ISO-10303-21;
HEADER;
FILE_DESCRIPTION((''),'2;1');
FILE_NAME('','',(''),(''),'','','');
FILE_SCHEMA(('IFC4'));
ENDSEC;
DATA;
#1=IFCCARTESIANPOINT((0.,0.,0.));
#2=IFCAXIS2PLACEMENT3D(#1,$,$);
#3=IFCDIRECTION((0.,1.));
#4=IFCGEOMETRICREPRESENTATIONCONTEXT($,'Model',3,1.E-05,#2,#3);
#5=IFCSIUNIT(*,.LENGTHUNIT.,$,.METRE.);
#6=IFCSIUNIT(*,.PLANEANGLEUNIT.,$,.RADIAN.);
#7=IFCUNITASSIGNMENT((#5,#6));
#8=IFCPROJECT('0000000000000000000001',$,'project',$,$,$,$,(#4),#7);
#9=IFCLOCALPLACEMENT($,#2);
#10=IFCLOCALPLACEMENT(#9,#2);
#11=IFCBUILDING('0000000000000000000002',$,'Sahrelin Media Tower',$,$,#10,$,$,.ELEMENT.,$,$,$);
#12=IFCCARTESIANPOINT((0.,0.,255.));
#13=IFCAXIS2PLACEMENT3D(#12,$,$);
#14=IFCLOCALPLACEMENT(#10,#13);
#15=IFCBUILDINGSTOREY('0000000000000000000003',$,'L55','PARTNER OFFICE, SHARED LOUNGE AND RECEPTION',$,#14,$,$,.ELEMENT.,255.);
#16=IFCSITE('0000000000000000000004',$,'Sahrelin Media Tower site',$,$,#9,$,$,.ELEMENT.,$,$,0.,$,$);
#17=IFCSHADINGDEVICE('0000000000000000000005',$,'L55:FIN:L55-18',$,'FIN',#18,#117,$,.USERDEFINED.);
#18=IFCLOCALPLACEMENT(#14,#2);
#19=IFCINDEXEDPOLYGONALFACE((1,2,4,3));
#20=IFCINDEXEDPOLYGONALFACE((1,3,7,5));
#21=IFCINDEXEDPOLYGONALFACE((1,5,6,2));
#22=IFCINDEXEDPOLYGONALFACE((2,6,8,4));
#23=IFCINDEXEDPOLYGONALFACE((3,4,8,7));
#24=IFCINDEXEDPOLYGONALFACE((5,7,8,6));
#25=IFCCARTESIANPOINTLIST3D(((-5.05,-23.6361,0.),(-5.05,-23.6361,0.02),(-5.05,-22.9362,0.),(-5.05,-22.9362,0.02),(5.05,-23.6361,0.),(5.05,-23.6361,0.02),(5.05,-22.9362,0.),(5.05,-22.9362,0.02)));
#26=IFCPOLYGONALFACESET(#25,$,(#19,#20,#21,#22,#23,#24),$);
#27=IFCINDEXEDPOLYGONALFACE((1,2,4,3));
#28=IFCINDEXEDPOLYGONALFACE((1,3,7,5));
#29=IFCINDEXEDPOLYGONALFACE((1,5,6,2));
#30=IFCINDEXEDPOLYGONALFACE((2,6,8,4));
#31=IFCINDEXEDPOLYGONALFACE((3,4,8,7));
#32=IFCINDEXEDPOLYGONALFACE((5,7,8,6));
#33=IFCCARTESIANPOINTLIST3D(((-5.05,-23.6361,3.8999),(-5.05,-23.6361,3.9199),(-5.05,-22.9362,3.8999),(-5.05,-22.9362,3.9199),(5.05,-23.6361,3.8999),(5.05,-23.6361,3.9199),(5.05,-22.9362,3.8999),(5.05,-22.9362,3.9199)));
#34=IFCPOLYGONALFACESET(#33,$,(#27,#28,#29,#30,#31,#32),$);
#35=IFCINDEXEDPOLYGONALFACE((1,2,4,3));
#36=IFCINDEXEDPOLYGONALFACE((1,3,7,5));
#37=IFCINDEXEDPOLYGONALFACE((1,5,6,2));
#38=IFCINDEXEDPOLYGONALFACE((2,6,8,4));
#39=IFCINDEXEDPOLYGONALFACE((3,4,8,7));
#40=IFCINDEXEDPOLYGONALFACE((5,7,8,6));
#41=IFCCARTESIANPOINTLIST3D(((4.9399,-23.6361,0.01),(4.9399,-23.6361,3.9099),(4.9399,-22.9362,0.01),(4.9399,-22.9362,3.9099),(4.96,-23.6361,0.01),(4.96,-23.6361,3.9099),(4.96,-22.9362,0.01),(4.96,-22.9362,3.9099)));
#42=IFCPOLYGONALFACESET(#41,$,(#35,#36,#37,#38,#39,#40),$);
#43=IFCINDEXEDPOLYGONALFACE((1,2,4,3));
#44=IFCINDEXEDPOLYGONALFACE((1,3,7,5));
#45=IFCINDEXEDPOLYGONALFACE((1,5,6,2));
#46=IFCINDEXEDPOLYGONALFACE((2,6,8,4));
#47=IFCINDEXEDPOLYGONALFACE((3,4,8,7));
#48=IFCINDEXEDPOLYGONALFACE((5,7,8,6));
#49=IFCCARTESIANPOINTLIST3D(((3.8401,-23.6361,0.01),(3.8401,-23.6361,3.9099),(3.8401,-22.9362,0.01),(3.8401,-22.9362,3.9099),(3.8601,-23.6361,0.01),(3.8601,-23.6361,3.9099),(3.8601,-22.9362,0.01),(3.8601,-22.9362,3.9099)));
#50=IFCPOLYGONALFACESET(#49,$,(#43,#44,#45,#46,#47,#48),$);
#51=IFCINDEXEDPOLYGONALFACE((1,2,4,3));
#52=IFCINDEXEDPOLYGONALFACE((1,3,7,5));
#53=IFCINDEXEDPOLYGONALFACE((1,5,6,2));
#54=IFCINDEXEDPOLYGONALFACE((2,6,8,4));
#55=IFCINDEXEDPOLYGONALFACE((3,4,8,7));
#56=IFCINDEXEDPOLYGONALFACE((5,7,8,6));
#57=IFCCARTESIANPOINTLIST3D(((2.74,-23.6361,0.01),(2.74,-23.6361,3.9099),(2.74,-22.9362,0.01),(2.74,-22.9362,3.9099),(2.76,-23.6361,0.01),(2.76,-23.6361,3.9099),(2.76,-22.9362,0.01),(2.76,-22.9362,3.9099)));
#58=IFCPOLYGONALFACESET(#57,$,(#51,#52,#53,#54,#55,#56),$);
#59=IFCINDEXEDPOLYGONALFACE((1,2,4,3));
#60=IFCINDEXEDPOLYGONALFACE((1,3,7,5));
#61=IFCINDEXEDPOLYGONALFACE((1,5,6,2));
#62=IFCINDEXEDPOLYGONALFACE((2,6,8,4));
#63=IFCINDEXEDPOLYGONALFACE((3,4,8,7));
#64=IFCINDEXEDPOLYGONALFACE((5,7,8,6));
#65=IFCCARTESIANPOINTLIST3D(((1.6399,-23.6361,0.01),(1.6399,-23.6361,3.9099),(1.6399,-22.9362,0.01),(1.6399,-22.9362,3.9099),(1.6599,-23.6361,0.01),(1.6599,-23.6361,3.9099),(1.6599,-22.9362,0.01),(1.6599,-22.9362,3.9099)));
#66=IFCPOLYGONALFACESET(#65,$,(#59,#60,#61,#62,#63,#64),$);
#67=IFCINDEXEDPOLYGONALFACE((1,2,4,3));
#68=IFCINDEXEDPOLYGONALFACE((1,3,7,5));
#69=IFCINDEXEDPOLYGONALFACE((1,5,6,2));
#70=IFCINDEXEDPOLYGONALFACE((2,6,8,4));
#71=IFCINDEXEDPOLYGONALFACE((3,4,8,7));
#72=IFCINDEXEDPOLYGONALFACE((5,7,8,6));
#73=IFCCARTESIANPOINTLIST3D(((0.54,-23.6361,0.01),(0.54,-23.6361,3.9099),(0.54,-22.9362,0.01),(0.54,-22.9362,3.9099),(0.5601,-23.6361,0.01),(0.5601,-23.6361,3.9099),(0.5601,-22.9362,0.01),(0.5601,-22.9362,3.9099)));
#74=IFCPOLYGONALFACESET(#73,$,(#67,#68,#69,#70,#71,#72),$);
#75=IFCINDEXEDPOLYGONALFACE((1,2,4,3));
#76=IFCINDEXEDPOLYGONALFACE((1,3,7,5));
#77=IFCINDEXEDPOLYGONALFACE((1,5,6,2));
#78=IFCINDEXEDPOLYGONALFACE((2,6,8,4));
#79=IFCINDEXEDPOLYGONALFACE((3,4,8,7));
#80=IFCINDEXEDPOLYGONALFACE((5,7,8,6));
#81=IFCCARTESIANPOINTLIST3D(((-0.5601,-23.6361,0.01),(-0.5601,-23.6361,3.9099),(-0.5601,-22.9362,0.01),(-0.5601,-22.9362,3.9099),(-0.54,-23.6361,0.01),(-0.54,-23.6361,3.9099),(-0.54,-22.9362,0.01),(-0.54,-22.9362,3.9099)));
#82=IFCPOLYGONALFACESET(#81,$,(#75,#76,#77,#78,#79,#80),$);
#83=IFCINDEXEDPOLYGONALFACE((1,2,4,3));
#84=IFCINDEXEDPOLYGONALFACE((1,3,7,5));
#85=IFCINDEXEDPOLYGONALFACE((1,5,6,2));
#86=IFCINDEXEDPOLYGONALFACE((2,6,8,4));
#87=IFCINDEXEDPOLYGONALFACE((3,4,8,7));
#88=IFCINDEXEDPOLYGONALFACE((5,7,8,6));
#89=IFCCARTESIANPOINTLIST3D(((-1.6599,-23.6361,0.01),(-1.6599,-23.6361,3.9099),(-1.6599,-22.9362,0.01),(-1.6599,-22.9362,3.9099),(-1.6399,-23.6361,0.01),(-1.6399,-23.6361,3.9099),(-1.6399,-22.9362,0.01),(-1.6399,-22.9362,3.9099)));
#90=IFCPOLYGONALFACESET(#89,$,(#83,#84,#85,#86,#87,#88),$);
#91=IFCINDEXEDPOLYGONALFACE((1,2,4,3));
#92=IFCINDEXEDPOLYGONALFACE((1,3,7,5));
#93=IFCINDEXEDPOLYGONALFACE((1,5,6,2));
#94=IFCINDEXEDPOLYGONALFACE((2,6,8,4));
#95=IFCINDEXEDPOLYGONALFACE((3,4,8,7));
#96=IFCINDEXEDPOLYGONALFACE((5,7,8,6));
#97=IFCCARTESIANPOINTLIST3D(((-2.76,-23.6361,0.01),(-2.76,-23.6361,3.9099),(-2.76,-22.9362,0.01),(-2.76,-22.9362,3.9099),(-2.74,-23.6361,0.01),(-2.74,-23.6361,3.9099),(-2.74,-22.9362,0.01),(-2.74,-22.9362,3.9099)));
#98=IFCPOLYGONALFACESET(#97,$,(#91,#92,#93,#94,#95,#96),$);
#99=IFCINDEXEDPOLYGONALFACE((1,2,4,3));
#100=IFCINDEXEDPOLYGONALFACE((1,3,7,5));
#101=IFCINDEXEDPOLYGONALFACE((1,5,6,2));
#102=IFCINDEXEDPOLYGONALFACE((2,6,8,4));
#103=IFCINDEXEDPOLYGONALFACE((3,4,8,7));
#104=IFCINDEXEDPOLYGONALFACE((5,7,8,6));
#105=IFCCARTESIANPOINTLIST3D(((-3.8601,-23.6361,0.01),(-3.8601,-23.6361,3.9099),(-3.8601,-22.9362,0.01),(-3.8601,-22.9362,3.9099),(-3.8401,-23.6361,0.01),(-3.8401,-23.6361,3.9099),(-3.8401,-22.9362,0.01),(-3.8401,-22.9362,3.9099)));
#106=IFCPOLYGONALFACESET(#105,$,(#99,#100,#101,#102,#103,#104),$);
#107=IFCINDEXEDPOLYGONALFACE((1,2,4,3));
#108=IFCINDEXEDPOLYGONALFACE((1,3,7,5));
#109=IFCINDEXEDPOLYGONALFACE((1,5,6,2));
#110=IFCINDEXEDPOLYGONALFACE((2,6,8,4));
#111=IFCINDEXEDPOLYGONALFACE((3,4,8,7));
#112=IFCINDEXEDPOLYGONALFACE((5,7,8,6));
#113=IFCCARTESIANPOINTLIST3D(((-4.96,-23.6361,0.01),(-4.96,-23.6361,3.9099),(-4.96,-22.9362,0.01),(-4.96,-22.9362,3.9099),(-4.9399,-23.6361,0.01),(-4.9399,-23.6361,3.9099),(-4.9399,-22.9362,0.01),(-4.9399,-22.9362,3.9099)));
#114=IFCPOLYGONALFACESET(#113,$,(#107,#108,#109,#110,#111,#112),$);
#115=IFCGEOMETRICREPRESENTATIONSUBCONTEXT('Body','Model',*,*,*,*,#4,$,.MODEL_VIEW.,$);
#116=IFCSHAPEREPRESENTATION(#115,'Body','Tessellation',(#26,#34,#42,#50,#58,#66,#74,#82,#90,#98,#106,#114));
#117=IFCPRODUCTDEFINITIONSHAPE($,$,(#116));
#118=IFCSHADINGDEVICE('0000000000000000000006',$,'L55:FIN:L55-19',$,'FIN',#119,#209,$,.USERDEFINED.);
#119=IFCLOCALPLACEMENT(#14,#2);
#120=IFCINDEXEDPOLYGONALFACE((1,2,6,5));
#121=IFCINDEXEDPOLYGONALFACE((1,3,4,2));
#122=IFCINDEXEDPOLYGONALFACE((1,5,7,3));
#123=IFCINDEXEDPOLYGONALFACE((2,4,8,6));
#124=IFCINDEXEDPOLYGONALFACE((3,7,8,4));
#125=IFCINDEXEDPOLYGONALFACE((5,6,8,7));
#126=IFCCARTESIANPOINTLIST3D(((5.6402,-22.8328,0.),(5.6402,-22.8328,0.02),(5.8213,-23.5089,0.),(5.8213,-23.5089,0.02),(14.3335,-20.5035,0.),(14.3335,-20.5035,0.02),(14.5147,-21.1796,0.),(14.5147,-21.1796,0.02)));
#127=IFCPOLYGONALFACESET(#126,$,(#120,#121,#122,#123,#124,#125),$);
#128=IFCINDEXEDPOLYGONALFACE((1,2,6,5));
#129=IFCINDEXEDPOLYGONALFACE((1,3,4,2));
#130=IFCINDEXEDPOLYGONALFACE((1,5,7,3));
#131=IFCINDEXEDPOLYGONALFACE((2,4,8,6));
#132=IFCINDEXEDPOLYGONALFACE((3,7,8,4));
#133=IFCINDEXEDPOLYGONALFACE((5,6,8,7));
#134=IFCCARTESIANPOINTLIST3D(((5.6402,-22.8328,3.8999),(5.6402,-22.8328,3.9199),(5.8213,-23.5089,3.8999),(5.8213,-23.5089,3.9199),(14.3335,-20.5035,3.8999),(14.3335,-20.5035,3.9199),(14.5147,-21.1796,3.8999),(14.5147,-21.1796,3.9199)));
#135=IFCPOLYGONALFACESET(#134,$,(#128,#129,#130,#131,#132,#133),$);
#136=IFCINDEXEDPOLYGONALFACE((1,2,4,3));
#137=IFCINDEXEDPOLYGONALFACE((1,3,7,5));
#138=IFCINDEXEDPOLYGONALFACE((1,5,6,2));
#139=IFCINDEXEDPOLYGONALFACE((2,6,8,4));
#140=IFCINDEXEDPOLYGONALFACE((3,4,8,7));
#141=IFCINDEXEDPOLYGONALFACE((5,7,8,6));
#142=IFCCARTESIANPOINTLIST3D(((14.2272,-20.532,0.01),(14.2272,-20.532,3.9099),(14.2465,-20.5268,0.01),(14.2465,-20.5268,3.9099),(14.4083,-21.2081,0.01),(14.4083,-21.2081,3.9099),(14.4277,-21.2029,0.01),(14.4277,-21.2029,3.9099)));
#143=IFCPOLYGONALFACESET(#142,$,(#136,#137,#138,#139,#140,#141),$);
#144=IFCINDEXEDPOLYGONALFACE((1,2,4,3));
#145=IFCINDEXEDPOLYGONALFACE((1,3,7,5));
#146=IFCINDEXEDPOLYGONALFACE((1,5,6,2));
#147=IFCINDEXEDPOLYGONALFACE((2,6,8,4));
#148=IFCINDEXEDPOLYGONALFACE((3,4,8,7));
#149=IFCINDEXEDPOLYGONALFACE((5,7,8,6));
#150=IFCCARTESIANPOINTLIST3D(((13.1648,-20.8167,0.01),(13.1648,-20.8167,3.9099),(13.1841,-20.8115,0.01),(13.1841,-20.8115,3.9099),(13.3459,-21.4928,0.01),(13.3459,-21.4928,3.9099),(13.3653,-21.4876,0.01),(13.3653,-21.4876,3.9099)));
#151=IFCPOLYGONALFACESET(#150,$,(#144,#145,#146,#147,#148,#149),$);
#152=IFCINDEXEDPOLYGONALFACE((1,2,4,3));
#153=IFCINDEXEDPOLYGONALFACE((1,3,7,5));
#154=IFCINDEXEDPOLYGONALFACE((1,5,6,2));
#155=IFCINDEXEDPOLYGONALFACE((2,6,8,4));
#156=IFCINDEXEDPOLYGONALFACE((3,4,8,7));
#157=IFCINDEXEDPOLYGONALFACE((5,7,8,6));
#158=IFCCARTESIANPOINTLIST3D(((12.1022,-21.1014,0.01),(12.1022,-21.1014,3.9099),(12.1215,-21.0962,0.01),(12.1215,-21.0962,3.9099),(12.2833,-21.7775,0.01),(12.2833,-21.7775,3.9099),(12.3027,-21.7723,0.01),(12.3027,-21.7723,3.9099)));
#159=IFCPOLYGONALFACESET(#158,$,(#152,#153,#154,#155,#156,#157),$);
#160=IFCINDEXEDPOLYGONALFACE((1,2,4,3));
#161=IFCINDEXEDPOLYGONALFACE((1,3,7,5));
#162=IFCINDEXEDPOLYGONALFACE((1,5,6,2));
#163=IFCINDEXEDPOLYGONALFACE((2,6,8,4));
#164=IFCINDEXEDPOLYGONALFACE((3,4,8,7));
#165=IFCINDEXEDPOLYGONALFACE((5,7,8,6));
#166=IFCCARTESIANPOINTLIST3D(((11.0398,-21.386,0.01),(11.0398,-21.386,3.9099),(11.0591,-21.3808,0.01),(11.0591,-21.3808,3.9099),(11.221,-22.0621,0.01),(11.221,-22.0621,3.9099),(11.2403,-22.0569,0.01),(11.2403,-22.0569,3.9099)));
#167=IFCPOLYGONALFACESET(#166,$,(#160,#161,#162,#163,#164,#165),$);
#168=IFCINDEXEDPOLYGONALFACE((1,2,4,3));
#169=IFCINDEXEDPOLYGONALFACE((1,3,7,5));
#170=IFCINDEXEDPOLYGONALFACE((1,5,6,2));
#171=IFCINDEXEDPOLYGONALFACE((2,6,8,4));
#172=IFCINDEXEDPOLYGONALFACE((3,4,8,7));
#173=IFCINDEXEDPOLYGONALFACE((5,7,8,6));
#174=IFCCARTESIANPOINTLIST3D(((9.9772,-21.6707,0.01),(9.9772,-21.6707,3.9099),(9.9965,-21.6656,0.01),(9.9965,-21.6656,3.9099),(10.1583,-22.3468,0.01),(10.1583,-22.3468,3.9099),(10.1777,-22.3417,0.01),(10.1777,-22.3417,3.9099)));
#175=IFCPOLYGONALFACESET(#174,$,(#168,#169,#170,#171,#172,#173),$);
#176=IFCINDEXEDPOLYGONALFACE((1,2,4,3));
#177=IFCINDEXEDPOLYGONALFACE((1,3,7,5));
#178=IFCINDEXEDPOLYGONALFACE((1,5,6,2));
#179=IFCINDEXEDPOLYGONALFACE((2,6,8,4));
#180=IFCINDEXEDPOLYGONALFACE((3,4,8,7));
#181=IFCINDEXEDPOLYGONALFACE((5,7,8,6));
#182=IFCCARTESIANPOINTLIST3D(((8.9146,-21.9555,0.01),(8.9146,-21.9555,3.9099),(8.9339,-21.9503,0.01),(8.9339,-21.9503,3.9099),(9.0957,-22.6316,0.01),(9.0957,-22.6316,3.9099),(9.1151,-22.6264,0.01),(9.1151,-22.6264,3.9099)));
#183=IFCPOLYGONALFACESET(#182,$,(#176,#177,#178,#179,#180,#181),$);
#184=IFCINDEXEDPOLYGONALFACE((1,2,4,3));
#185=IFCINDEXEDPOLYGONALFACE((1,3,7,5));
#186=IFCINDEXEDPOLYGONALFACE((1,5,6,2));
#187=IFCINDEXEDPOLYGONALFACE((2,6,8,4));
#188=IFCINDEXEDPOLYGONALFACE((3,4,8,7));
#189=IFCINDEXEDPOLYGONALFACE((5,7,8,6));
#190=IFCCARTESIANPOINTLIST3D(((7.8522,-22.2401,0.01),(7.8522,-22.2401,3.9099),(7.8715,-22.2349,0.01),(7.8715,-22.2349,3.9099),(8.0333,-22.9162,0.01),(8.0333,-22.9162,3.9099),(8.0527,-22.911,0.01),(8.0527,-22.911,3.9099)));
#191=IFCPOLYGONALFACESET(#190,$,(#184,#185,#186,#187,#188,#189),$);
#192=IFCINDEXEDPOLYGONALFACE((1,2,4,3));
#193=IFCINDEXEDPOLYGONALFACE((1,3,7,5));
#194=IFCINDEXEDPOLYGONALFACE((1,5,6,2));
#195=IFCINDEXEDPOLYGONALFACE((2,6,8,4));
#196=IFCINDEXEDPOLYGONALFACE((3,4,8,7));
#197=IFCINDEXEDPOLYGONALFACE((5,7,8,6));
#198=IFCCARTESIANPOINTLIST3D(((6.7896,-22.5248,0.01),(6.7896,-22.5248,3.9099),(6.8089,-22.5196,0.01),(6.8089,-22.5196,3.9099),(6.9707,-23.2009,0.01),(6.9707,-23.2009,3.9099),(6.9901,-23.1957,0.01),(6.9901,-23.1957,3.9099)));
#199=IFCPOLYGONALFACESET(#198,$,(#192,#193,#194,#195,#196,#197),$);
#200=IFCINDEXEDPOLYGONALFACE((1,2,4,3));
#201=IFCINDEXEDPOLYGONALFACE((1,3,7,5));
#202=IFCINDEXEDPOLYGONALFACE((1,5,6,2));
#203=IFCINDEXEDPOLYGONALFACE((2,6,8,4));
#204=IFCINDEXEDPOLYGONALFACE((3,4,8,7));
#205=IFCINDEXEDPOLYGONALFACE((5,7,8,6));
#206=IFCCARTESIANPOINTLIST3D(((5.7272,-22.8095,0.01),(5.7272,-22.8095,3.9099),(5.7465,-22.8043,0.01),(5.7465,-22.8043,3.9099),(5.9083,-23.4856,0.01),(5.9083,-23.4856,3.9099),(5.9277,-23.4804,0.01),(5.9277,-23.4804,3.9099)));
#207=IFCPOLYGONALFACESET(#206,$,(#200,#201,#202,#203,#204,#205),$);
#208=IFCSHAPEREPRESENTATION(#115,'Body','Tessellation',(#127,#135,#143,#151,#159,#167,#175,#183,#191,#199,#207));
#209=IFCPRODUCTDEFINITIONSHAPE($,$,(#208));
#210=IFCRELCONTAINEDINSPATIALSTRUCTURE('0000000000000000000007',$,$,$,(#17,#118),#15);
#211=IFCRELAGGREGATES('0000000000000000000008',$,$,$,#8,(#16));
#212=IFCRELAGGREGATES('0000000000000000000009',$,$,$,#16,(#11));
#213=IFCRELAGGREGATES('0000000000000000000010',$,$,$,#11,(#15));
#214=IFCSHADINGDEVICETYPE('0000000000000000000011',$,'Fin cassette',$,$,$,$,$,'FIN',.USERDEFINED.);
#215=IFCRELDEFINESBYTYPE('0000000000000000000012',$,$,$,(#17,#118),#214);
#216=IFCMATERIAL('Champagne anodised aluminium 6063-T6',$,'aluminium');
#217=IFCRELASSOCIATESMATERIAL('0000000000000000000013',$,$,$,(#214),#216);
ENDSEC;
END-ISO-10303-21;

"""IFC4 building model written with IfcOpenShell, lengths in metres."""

from ifc_helpers import new_model, si_unit, direction, frame, origin, origin_2d, place, context, subcontext, project, spatial, rectangle, extrude, material, type_object, element, save


model = new_model("IFC4")

# Units and contexts
model_context = context("Model", 3, precision=1e-05, world=origin(), true_north=direction((0.0, 1.0)))
body_context = subcontext(model_context, "Body", "Model", "MODEL_VIEW")
ifc_project = project(units=[si_unit("LENGTHUNIT", "METRE"), si_unit("PLANEANGLEUNIT", "RADIAN")], contexts=[model_context])

# Site, building, storey
site_placement = place(None, origin())
site = spatial("IfcSite", under=ifc_project, at=site_placement, Name="Sahrelin Media Tower site", CompositionType="ELEMENT", RefElevation=0.0)
building_placement = place(site_placement, origin())
building = spatial("IfcBuilding", under=site, at=building_placement, Name="Sahrelin Media Tower", CompositionType="ELEMENT")
storey_placement = place(building_placement, frame((0.0, 0.0, 255.0)))
storey = spatial("IfcBuildingStorey", under=building, at=storey_placement, Name="L55", Description="PARTNER OFFICE, SHARED LOUNGE AND RECEPTION", CompositionType="ELEMENT", Elevation=255.0)

# Shared definitions
ifc_material_1 = material(Name="Champagne anodised aluminium 6063-T6", Category="aluminium")

# Shading devices
shading_device_type_1 = type_object("IfcShadingDeviceType", Name="Fin cassette", ElementType="FIN", PredefinedType="USERDEFINED", material=ifc_material_1)
placement_1 = place(storey_placement, frame((0.0, -22.8662, 0.0), z_axis=(0.0, 0.0, 1.0), x_axis=(-1.0, 0.0, 0.0)))
element("IfcShadingDevice", 1, at=placement_1, inside=storey, type_object=shading_device_type_1, Name="L55:FIN:L55-18", ObjectType="FIN", PredefinedType="USERDEFINED", context=body_context, shape_type="SweptSolid", body=[
    extrude(rectangle(XDim=10.1001, YDim=0.7, at=origin_2d()), frame((0.0, 0.4199, 0.0)), (0.0, 0.0, 1.0), 0.02),
    extrude(rectangle(XDim=10.1001, YDim=0.7, at=origin_2d()), frame((0.0, 0.4199, 3.8999)), (0.0, 0.0, 1.0), 0.02),
    extrude(rectangle(XDim=0.02, YDim=0.7, at=origin_2d()), frame((-4.95, 0.4199, 0.01), z_axis=(0.0, 0.0, 1.0), x_axis=(1.0, 0.0, 0.0)), (0.0, 0.0, 1.0), 3.8999),
    extrude(rectangle(XDim=0.02, YDim=0.7, at=origin_2d()), frame((-3.8501, 0.4199, 0.01), z_axis=(0.0, 0.0, 1.0), x_axis=(1.0, 0.0, 0.0)), (0.0, 0.0, 1.0), 3.8999),
    extrude(rectangle(XDim=0.02, YDim=0.7, at=origin_2d()), frame((-2.75, 0.4199, 0.01), z_axis=(0.0, 0.0, 1.0), x_axis=(1.0, 0.0, 0.0)), (0.0, 0.0, 1.0), 3.8999),
    extrude(rectangle(XDim=0.02, YDim=0.7, at=origin_2d()), frame((-1.6499, 0.4199, 0.01), z_axis=(0.0, 0.0, 1.0), x_axis=(1.0, 0.0, 0.0)), (0.0, 0.0, 1.0), 3.8999),
    extrude(rectangle(XDim=0.02, YDim=0.7, at=origin_2d()), frame((-0.55, 0.4199, 0.01), z_axis=(0.0, 0.0, 1.0), x_axis=(1.0, 0.0, 0.0)), (0.0, 0.0, 1.0), 3.8999),
    extrude(rectangle(XDim=0.02, YDim=0.7, at=origin_2d()), frame((0.55, 0.4199, 0.01), z_axis=(0.0, 0.0, 1.0), x_axis=(1.0, 0.0, 0.0)), (0.0, 0.0, 1.0), 3.8999),
    extrude(rectangle(XDim=0.02, YDim=0.7, at=origin_2d()), frame((1.6499, 0.4199, 0.01), z_axis=(0.0, 0.0, 1.0), x_axis=(1.0, 0.0, 0.0)), (0.0, 0.0, 1.0), 3.8999),
    extrude(rectangle(XDim=0.02, YDim=0.7, at=origin_2d()), frame((2.75, 0.4199, 0.01), z_axis=(0.0, 0.0, 1.0), x_axis=(1.0, 0.0, 0.0)), (0.0, 0.0, 1.0), 3.8999),
    extrude(rectangle(XDim=0.02, YDim=0.7, at=origin_2d()), frame((3.8501, 0.4199, 0.01), z_axis=(0.0, 0.0, 1.0), x_axis=(1.0, 0.0, 0.0)), (0.0, 0.0, 1.0), 3.8999),
    extrude(rectangle(XDim=0.02, YDim=0.7, at=origin_2d()), frame((4.95, 0.4199, 0.01), z_axis=(0.0, 0.0, 1.0), x_axis=(1.0, 0.0, 0.0)), (0.0, 0.0, 1.0), 3.8999),
])
placement_2 = place(storey_placement, frame((9.9688, -21.6006, 0.0), z_axis=(0.0, 0.0, 1.0), x_axis=(-0.965929, -0.258808, 0.0)))
element("IfcShadingDevice", 2, at=placement_2, inside=storey, type_object=shading_device_type_1, Name="L55:FIN:L55-19", ObjectType="FIN", PredefinedType="USERDEFINED", context=body_context, shape_type="SweptSolid", body=[
    extrude(rectangle(XDim=9.0, YDim=0.7, at=origin_2d()), frame((0.0, 0.4199, 0.0)), (0.0, 0.0, 1.0), 0.02),
    extrude(rectangle(XDim=9.0, YDim=0.7, at=origin_2d()), frame((0.0, 0.4199, 3.8999)), (0.0, 0.0, 1.0), 0.02),
    extrude(rectangle(XDim=0.02, YDim=0.7, at=origin_2d()), frame((-4.3999, 0.4199, 0.01), z_axis=(0.0, 0.0, 1.0), x_axis=(1.0, 0.0, 0.0)), (0.0, 0.0, 1.0), 3.8999),
    extrude(rectangle(XDim=0.02, YDim=0.7, at=origin_2d()), frame((-3.3, 0.4199, 0.01), z_axis=(0.0, 0.0, 1.0), x_axis=(1.0, 0.0, 0.0)), (0.0, 0.0, 1.0), 3.8999),
    extrude(rectangle(XDim=0.02, YDim=0.7, at=origin_2d()), frame((-2.2, 0.4199, 0.01), z_axis=(0.0, 0.0, 1.0), x_axis=(1.0, 0.0, 0.0)), (0.0, 0.0, 1.0), 3.8999),
    extrude(rectangle(XDim=0.02, YDim=0.7, at=origin_2d()), frame((-1.1001, 0.4199, 0.01), z_axis=(0.0, 0.0, 1.0), x_axis=(1.0, 0.0, 0.0)), (0.0, 0.0, 1.0), 3.8999),
    extrude(rectangle(XDim=0.02, YDim=0.7, at=origin_2d()), frame((0.0, 0.4199, 0.01), z_axis=(0.0, 0.0, 1.0), x_axis=(1.0, 0.0, 0.0)), (0.0, 0.0, 1.0), 3.8999),
    extrude(rectangle(XDim=0.02, YDim=0.7, at=origin_2d()), frame((1.1001, 0.4199, 0.01), z_axis=(0.0, 0.0, 1.0), x_axis=(1.0, 0.0, 0.0)), (0.0, 0.0, 1.0), 3.8999),
    extrude(rectangle(XDim=0.02, YDim=0.7, at=origin_2d()), frame((2.2, 0.4199, 0.01), z_axis=(0.0, 0.0, 1.0), x_axis=(1.0, 0.0, 0.0)), (0.0, 0.0, 1.0), 3.8999),
    extrude(rectangle(XDim=0.02, YDim=0.7, at=origin_2d()), frame((3.3, 0.4199, 0.01), z_axis=(0.0, 0.0, 1.0), x_axis=(1.0, 0.0, 0.0)), (0.0, 0.0, 1.0), 3.8999),
    extrude(rectangle(XDim=0.02, YDim=0.7, at=origin_2d()), frame((4.3999, 0.4199, 0.01), z_axis=(0.0, 0.0, 1.0), x_axis=(1.0, 0.0, 0.0)), (0.0, 0.0, 1.0), 3.8999),
])

save(model, "model.ifc")
